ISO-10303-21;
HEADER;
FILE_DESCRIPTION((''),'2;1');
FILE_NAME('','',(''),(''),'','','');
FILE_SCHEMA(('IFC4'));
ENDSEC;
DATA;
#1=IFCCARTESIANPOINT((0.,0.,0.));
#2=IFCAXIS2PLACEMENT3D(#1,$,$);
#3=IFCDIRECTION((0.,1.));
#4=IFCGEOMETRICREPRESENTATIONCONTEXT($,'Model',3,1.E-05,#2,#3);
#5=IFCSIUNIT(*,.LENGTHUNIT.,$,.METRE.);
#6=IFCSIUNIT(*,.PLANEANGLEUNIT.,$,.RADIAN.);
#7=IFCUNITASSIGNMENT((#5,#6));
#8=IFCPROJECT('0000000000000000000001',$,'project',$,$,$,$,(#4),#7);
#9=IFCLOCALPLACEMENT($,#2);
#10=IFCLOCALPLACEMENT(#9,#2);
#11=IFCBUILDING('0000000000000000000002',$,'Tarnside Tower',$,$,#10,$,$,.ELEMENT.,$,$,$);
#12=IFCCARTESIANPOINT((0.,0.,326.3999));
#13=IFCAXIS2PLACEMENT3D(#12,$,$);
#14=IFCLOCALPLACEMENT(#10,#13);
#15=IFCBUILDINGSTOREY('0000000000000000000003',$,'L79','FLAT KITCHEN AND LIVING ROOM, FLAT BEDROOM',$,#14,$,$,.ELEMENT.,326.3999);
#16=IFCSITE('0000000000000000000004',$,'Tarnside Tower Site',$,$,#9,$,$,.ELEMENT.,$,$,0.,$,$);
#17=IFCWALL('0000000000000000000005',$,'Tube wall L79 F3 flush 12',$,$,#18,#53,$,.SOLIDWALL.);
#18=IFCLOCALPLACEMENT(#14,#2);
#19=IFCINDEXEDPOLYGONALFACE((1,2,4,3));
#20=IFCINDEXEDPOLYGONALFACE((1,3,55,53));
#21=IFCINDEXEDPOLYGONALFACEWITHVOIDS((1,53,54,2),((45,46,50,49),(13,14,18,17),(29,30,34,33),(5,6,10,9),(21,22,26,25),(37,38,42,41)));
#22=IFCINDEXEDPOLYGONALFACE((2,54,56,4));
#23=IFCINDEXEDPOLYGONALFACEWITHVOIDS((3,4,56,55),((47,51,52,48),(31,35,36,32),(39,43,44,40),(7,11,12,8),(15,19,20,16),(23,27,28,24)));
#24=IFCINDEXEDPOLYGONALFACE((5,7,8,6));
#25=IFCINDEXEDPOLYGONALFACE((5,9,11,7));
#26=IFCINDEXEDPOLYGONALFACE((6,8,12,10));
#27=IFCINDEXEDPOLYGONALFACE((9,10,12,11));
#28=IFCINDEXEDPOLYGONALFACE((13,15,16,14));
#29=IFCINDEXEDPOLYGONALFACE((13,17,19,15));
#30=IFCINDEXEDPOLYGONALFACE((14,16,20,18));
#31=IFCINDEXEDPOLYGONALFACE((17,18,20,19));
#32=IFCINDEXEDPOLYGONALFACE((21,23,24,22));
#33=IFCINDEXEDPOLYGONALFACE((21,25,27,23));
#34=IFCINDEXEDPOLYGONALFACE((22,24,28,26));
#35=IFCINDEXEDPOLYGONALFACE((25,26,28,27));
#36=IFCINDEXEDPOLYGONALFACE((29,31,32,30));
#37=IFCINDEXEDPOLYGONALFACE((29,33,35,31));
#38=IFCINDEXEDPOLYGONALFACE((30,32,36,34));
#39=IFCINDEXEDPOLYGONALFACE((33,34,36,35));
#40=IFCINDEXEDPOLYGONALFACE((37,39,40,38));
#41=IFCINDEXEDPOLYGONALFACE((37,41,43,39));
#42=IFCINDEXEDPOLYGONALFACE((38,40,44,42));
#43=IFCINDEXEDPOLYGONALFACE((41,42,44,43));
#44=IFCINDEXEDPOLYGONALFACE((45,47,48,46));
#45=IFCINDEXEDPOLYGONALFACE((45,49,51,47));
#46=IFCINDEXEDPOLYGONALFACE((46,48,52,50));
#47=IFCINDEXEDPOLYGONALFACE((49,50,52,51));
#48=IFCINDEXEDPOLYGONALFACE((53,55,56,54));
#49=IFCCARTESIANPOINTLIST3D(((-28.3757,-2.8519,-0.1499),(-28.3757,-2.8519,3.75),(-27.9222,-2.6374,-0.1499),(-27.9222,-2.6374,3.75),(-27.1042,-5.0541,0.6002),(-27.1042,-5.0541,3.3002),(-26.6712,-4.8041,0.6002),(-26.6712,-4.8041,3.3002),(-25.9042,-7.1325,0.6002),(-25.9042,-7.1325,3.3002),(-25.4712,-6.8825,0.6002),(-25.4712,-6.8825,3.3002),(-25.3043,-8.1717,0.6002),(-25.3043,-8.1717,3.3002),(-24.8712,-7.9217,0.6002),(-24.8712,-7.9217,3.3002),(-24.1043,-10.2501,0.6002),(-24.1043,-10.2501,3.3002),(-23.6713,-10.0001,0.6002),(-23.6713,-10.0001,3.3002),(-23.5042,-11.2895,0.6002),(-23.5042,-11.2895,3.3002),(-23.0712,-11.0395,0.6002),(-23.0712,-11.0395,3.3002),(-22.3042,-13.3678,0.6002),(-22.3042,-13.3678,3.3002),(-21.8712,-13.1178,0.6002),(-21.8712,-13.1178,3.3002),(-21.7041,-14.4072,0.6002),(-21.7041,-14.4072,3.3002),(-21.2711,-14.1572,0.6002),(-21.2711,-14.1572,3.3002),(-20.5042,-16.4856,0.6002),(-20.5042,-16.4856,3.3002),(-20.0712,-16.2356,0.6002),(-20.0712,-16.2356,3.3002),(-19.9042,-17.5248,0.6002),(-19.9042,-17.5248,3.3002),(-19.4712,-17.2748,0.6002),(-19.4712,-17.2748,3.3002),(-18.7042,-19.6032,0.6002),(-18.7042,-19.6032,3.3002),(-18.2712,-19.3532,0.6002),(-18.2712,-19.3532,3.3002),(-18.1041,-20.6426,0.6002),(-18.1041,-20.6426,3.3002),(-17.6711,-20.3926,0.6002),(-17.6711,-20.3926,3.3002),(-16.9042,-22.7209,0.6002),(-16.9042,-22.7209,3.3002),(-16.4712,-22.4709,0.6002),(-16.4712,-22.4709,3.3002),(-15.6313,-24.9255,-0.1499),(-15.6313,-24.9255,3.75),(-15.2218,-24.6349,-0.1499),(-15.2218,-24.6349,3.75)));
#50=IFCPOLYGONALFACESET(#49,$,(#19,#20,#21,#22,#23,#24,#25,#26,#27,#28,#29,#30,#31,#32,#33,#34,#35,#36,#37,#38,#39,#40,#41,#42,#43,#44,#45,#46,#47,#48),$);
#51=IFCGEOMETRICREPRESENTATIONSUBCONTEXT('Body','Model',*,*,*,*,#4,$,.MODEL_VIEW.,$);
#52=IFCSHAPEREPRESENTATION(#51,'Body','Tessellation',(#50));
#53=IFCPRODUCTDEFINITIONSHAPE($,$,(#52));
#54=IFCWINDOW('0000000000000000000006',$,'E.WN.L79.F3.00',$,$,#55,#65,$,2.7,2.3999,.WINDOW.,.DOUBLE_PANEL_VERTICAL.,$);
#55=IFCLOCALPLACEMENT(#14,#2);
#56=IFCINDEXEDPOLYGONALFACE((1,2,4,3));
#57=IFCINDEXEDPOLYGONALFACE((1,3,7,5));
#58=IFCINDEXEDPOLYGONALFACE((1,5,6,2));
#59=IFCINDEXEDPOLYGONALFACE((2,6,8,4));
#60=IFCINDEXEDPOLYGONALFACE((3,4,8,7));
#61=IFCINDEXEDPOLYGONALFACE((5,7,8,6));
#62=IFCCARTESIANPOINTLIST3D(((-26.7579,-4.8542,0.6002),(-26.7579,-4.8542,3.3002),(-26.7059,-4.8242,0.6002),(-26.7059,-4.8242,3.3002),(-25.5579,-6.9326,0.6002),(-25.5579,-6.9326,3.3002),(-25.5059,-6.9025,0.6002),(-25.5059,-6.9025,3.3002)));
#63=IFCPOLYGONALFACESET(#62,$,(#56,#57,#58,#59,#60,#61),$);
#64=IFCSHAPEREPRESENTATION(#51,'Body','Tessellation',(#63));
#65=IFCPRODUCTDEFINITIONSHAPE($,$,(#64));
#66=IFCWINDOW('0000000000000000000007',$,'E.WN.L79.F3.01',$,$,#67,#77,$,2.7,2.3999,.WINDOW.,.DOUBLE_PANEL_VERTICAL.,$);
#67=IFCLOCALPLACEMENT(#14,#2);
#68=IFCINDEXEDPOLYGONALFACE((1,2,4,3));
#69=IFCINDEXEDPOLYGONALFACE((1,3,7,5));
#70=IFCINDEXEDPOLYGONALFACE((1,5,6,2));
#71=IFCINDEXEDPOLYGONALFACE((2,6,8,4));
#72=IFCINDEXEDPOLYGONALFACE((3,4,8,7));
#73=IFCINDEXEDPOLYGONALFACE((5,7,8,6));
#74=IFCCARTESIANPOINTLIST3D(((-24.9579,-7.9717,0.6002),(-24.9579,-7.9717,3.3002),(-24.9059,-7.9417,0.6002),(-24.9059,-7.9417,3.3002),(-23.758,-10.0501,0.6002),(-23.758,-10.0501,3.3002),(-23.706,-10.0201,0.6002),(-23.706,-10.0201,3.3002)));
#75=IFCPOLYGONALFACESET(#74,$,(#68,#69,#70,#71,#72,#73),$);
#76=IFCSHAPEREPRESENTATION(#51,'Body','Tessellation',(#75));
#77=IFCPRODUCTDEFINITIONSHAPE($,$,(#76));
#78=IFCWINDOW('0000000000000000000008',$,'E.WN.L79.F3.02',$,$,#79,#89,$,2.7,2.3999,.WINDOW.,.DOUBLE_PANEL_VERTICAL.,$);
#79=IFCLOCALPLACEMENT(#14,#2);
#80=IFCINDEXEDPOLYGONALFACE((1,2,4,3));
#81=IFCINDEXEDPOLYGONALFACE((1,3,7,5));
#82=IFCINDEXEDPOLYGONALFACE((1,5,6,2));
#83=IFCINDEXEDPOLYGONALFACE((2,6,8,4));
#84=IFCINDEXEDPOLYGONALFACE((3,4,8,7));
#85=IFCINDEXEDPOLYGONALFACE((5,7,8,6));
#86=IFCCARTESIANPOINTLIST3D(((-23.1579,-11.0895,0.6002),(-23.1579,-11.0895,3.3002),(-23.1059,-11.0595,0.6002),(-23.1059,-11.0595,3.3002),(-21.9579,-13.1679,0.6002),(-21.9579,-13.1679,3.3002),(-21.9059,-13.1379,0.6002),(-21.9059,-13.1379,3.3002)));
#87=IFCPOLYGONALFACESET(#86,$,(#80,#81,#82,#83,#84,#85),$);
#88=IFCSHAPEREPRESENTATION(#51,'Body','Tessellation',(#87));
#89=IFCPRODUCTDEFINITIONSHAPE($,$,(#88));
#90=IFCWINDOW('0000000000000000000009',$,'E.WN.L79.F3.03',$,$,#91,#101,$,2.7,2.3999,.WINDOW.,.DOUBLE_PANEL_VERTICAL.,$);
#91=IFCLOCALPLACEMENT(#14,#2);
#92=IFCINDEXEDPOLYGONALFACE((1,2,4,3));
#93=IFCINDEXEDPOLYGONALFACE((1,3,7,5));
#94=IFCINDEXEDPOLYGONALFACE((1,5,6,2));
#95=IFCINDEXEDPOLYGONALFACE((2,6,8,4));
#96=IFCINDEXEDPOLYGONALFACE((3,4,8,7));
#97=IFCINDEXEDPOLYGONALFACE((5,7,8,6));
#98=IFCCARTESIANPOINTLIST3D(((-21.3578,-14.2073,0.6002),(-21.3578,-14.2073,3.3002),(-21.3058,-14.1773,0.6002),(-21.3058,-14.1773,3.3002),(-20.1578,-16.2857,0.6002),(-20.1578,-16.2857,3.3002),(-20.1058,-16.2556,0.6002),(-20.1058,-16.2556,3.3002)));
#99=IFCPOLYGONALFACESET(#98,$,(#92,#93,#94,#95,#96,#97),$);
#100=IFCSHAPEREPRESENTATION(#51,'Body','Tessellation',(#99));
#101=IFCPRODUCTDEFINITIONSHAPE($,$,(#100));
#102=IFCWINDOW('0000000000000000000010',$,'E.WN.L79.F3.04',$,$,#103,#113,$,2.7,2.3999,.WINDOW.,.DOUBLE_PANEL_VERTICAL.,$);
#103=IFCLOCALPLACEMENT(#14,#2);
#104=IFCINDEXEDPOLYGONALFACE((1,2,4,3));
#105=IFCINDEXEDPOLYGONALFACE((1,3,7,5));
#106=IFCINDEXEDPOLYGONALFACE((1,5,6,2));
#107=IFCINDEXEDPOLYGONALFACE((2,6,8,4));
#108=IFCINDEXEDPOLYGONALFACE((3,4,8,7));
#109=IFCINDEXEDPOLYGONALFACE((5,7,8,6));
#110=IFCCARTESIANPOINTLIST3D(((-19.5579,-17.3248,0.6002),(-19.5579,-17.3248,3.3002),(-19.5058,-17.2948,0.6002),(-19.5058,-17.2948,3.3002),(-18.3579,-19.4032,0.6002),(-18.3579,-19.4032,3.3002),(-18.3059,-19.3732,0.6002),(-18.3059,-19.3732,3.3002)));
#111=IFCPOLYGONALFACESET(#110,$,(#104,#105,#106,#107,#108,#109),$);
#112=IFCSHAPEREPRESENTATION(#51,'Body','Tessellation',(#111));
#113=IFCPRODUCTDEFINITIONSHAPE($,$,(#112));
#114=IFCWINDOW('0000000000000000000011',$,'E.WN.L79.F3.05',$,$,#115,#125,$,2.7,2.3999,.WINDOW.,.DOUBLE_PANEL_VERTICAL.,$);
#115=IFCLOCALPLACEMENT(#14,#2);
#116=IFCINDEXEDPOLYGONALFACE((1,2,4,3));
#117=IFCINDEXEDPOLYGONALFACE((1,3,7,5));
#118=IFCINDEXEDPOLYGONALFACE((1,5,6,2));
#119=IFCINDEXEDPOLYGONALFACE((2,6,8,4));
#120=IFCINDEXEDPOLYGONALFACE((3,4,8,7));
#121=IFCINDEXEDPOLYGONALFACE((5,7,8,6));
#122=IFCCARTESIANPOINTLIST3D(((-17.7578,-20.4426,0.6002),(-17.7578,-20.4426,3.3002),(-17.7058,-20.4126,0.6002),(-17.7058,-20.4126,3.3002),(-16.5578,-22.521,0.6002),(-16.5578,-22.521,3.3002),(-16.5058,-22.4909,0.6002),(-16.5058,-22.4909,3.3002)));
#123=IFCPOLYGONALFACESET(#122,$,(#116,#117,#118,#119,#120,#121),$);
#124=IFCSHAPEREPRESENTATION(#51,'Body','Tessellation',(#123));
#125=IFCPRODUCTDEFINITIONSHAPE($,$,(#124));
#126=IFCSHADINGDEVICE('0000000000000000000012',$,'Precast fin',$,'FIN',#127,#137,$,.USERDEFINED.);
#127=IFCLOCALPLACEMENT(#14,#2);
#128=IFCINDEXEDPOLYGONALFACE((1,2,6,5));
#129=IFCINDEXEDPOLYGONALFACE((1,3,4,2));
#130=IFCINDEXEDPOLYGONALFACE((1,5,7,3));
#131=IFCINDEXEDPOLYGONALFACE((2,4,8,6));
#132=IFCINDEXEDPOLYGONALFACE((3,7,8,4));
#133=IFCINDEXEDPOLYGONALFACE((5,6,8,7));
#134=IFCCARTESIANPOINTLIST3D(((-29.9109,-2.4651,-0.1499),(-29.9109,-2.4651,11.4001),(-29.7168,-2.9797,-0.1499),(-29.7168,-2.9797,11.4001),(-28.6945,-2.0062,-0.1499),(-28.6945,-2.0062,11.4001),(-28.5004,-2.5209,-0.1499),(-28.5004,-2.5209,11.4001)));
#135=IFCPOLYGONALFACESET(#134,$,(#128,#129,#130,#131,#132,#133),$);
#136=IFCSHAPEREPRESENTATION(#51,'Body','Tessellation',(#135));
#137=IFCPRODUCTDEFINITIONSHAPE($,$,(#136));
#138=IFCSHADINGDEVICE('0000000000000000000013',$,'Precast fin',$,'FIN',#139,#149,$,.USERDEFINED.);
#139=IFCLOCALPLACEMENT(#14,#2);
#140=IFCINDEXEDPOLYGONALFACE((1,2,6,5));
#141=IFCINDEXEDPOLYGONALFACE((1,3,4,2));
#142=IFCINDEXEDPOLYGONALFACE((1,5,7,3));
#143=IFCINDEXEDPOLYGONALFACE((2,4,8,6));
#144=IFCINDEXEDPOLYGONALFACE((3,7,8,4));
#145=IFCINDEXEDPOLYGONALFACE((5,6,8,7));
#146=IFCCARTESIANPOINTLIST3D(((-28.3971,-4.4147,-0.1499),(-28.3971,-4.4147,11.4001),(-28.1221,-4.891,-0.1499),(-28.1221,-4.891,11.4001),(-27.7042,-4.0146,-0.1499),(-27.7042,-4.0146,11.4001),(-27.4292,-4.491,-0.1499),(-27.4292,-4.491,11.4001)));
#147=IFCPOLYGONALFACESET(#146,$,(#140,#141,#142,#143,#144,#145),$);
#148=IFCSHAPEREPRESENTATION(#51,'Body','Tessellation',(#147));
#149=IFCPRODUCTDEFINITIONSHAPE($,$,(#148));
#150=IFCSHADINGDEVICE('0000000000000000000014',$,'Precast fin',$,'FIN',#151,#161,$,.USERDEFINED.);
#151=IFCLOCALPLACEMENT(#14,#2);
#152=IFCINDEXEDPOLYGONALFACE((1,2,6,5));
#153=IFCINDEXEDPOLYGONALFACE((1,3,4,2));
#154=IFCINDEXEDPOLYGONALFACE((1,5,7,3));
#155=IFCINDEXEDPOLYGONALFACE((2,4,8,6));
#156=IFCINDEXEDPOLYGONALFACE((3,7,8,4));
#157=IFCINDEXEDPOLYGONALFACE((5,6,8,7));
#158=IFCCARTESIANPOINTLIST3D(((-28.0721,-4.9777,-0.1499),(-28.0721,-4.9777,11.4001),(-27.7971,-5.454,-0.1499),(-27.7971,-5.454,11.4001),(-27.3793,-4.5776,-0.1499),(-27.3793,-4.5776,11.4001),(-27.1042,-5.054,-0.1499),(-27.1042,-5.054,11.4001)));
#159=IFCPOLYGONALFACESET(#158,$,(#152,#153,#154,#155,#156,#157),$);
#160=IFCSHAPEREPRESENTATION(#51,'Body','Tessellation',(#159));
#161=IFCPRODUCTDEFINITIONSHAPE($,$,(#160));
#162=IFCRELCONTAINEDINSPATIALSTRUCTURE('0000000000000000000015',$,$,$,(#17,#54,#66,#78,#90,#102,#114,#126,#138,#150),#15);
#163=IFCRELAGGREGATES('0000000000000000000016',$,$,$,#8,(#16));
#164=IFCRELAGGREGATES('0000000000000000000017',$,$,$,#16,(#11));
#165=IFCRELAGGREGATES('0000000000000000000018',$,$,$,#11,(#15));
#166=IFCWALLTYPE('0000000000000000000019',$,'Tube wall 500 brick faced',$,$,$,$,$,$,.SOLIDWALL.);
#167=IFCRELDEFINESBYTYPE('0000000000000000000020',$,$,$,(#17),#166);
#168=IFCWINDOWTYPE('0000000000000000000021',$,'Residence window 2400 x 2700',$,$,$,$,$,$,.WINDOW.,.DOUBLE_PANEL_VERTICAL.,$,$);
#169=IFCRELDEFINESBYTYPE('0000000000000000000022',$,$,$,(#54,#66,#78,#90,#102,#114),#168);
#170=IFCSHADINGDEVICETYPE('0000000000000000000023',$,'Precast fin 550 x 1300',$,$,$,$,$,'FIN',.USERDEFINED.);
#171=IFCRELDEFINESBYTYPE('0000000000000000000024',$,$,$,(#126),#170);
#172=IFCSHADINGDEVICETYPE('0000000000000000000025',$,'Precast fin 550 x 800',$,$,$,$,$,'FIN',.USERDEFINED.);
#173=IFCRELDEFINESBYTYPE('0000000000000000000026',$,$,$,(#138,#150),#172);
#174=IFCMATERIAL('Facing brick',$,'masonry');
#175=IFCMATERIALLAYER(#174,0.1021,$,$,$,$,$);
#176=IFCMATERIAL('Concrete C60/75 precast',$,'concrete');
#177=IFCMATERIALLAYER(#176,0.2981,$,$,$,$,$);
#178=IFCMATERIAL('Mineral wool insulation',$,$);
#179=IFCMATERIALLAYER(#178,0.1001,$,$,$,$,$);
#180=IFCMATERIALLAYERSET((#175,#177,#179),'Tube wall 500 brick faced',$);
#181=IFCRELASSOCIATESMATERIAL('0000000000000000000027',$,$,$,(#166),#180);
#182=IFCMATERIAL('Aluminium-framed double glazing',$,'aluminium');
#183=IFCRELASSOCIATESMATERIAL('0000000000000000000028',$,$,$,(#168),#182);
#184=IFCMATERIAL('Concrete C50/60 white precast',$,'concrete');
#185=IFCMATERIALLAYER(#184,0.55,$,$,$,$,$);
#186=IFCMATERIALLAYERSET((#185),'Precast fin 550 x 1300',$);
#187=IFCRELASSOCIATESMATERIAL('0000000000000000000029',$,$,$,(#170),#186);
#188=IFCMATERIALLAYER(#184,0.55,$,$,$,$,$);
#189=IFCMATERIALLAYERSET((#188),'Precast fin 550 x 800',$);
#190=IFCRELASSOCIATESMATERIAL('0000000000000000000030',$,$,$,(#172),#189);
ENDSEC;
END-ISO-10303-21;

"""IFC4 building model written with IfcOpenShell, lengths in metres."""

from ifc_helpers import new_model, si_unit, direction, frame, frame_2d, origin, place, context, subcontext, project, spatial, polyline, rectangle, outline, extrude, material, layer, layer_set, type_object, element, fill, save


model = new_model("IFC4")

# Units and contexts
model_context = context("Model", 3, precision=1e-05, world=origin(), true_north=direction((0.0, 1.0)))
body_context = subcontext(model_context, "Body", "Model", "MODEL_VIEW")
ifc_project = project(units=[si_unit("LENGTHUNIT", "METRE"), si_unit("PLANEANGLEUNIT", "RADIAN")], contexts=[model_context])

# Site, building, storey
site_placement = place(None, origin())
site = spatial("IfcSite", under=ifc_project, at=site_placement, Name="Tarnside Tower Site", CompositionType="ELEMENT", RefElevation=0.0)
building_placement = place(site_placement, origin())
building = spatial("IfcBuilding", under=site, at=building_placement, Name="Tarnside Tower", CompositionType="ELEMENT")
storey_placement = place(building_placement, frame((0.0, 0.0, 326.3999)))
storey = spatial("IfcBuildingStorey", under=building, at=storey_placement, Name="L79", Description="FLAT KITCHEN AND LIVING ROOM, FLAT BEDROOM", CompositionType="ELEMENT", Elevation=326.3999)

# Wall, openings, windows
ifc_material_1 = material(Name="Facing brick", Category="masonry")
ifc_layer_1 = layer(ifc_material_1, 0.1021)
ifc_material_2 = material(Name="Concrete C60/75 precast", Category="concrete")
ifc_layer_2 = layer(ifc_material_2, 0.2981)
ifc_material_3 = material(Name="Mineral wool insulation")
ifc_layer_3 = layer(ifc_material_3, 0.1001)
ifc_layer_set_1 = layer_set([ifc_layer_1, ifc_layer_2, ifc_layer_3], Name="Tube wall 500 brick faced")
wall_type_1 = type_object("IfcWallType", Name="Tube wall 500 brick faced", PredefinedType="SOLIDWALL", material=ifc_layer_set_1)
wall_1_placement = place(storey_placement, frame((-28.1489, -2.7446, -0.1499), z_axis=(0.0, 0.0, 1.0), x_axis=(0.500004, -0.866023, 0.0)))
wall_1 = element("IfcWall", 1, at=wall_1_placement, inside=storey, type_object=wall_type_1, Name="Tube wall L79 F3 flush 12", PredefinedType="SOLIDWALL", context=body_context, shape_type="SweptSolid", body=[
    extrude(outline(polyline([(-0.0205, -0.25), (25.468, -0.25), (25.4211, 0.25), (0.0205, 0.25), (-0.0205, -0.25)])), origin(), (0.0, 0.0, 1.0), 3.8999),
])
opening_1_placement = place(wall_1_placement, frame((2.5225, 0.0, 0.75)))
opening_1 = element("IfcOpeningElement", 2, at=opening_1_placement, cuts=wall_1, PredefinedType="OPENING", context=body_context, shape_type="SweptSolid", body=[
    extrude(rectangle(XDim=2.3999, YDim=2.7, at=frame_2d((1.2, 1.3501))), frame((0.0, 0.26, 0.0), z_axis=(0.0, -1.0, 0.0), x_axis=(1.0, 0.0, 0.0)), (0.0, 0.0, 1.0), 0.52),
])
opening_2_placement = place(wall_1_placement, frame((6.1223, 0.0, 0.75)))
opening_2 = element("IfcOpeningElement", 3, at=opening_2_placement, cuts=wall_1, PredefinedType="OPENING", context=body_context, shape_type="SweptSolid", body=[
    extrude(rectangle(XDim=2.3999, YDim=2.7, at=frame_2d((1.2, 1.3501))), frame((0.0, 0.26, 0.0), z_axis=(0.0, -1.0, 0.0), x_axis=(1.0, 0.0, 0.0)), (0.0, 0.0, 1.0), 0.52),
])
opening_3_placement = place(wall_1_placement, frame((9.7224, 0.0, 0.75)))
opening_3 = element("IfcOpeningElement", 4, at=opening_3_placement, cuts=wall_1, PredefinedType="OPENING", context=body_context, shape_type="SweptSolid", body=[
    extrude(rectangle(XDim=2.3999, YDim=2.7, at=frame_2d((1.2, 1.3501))), frame((0.0, 0.26, 0.0), z_axis=(0.0, -1.0, 0.0), x_axis=(1.0, 0.0, 0.0)), (0.0, 0.0, 1.0), 0.52),
])
opening_4_placement = place(wall_1_placement, frame((13.3225, 0.0, 0.75)))
opening_4 = element("IfcOpeningElement", 5, at=opening_4_placement, cuts=wall_1, PredefinedType="OPENING", context=body_context, shape_type="SweptSolid", body=[
    extrude(rectangle(XDim=2.3999, YDim=2.7, at=frame_2d((1.2, 1.3501))), frame((0.0, 0.26, 0.0), z_axis=(0.0, -1.0, 0.0), x_axis=(1.0, 0.0, 0.0)), (0.0, 0.0, 1.0), 0.52),
])
opening_5_placement = place(wall_1_placement, frame((16.9224, 0.0, 0.75)))
opening_5 = element("IfcOpeningElement", 6, at=opening_5_placement, cuts=wall_1, PredefinedType="OPENING", context=body_context, shape_type="SweptSolid", body=[
    extrude(rectangle(XDim=2.3999, YDim=2.7, at=frame_2d((1.2, 1.3501))), frame((0.0, 0.26, 0.0), z_axis=(0.0, -1.0, 0.0), x_axis=(1.0, 0.0, 0.0)), (0.0, 0.0, 1.0), 0.52),
])
opening_6_placement = place(wall_1_placement, frame((20.5225, 0.0, 0.75)))
opening_6 = element("IfcOpeningElement", 7, at=opening_6_placement, cuts=wall_1, PredefinedType="OPENING", context=body_context, shape_type="SweptSolid", body=[
    extrude(rectangle(XDim=2.3999, YDim=2.7, at=frame_2d((1.2, 1.3501))), frame((0.0, 0.26, 0.0), z_axis=(0.0, -1.0, 0.0), x_axis=(1.0, 0.0, 0.0)), (0.0, 0.0, 1.0), 0.52),
])
ifc_material_4 = material(Name="Aluminium-framed double glazing", Category="aluminium")
window_type = type_object("IfcWindowType", Name="Residence window 2400 x 2700", PartitioningType="DOUBLE_PANEL_VERTICAL", PredefinedType="WINDOW", material=ifc_material_4)
window_1_placement = place(opening_1_placement, frame((0.0, 0.1799, 0.0)))
window_1 = element("IfcWindow", 8, at=window_1_placement, inside=storey, type_object=window_type, Name="E.WN.L79.F3.00", OverallHeight=2.7, OverallWidth=2.3999, PartitioningType="DOUBLE_PANEL_VERTICAL", PredefinedType="WINDOW", context=body_context, shape_type="SweptSolid", body=[
    extrude(rectangle(XDim=2.3999, YDim=2.7, at=frame_2d((1.2, 1.3501))), frame((0.0, 0.03, 0.0), z_axis=(0.0, -1.0, 0.0), x_axis=(1.0, 0.0, 0.0)), (0.0, 0.0, 1.0), 0.0601),
])
fill(opening_1, window_1)
window_2_placement = place(opening_2_placement, frame((0.0, 0.1799, 0.0)))
window_2 = element("IfcWindow", 9, at=window_2_placement, inside=storey, type_object=window_type, Name="E.WN.L79.F3.01", OverallHeight=2.7, OverallWidth=2.3999, PartitioningType="DOUBLE_PANEL_VERTICAL", PredefinedType="WINDOW", context=body_context, shape_type="SweptSolid", body=[
    extrude(rectangle(XDim=2.3999, YDim=2.7, at=frame_2d((1.2, 1.3501))), frame((0.0, 0.03, 0.0), z_axis=(0.0, -1.0, 0.0), x_axis=(1.0, 0.0, 0.0)), (0.0, 0.0, 1.0), 0.0601),
])
fill(opening_2, window_2)
window_3_placement = place(opening_3_placement, frame((0.0, 0.1799, 0.0)))
window_3 = element("IfcWindow", 10, at=window_3_placement, inside=storey, type_object=window_type, Name="E.WN.L79.F3.02", OverallHeight=2.7, OverallWidth=2.3999, PartitioningType="DOUBLE_PANEL_VERTICAL", PredefinedType="WINDOW", context=body_context, shape_type="SweptSolid", body=[
    extrude(rectangle(XDim=2.3999, YDim=2.7, at=frame_2d((1.2, 1.3501))), frame((0.0, 0.03, 0.0), z_axis=(0.0, -1.0, 0.0), x_axis=(1.0, 0.0, 0.0)), (0.0, 0.0, 1.0), 0.0601),
])
fill(opening_3, window_3)
window_4_placement = place(opening_4_placement, frame((0.0, 0.1799, 0.0)))
window_4 = element("IfcWindow", 11, at=window_4_placement, inside=storey, type_object=window_type, Name="E.WN.L79.F3.03", OverallHeight=2.7, OverallWidth=2.3999, PartitioningType="DOUBLE_PANEL_VERTICAL", PredefinedType="WINDOW", context=body_context, shape_type="SweptSolid", body=[
    extrude(rectangle(XDim=2.3999, YDim=2.7, at=frame_2d((1.2, 1.3501))), frame((0.0, 0.03, 0.0), z_axis=(0.0, -1.0, 0.0), x_axis=(1.0, 0.0, 0.0)), (0.0, 0.0, 1.0), 0.0601),
])
fill(opening_4, window_4)
window_5_placement = place(opening_5_placement, frame((0.0, 0.1799, 0.0)))
window_5 = element("IfcWindow", 12, at=window_5_placement, inside=storey, type_object=window_type, Name="E.WN.L79.F3.04", OverallHeight=2.7, OverallWidth=2.3999, PartitioningType="DOUBLE_PANEL_VERTICAL", PredefinedType="WINDOW", context=body_context, shape_type="SweptSolid", body=[
    extrude(rectangle(XDim=2.3999, YDim=2.7, at=frame_2d((1.2, 1.3501))), frame((0.0, 0.03, 0.0), z_axis=(0.0, -1.0, 0.0), x_axis=(1.0, 0.0, 0.0)), (0.0, 0.0, 1.0), 0.0601),
])
fill(opening_5, window_5)
window_6_placement = place(opening_6_placement, frame((0.0, 0.1799, 0.0)))
window_6 = element("IfcWindow", 13, at=window_6_placement, inside=storey, type_object=window_type, Name="E.WN.L79.F3.05", OverallHeight=2.7, OverallWidth=2.3999, PartitioningType="DOUBLE_PANEL_VERTICAL", PredefinedType="WINDOW", context=body_context, shape_type="SweptSolid", body=[
    extrude(rectangle(XDim=2.3999, YDim=2.7, at=frame_2d((1.2, 1.3501))), frame((0.0, 0.03, 0.0), z_axis=(0.0, -1.0, 0.0), x_axis=(1.0, 0.0, 0.0)), (0.0, 0.0, 1.0), 0.0601),
])
fill(opening_6, window_6)

# Shading devices
ifc_material_5 = material(Name="Concrete C50/60 white precast", Category="concrete")
ifc_layer_4 = layer(ifc_material_5, 0.55)
ifc_layer_set_2 = layer_set([ifc_layer_4], Name="Precast fin 550 x 1300")
shading_device_type_1 = type_object("IfcShadingDeviceType", Name="Precast fin 550 x 1300", ElementType="FIN", PredefinedType="USERDEFINED", material=ifc_layer_set_2)
shading_device_placement = place(storey_placement, frame((-28.5974, -2.2637, -0.1499), z_axis=(-0.352931, 0.93565, 0.0), x_axis=(-0.93565, -0.352931, 0.0)))
element("IfcShadingDevice", 14, at=shading_device_placement, inside=storey, type_object=shading_device_type_1, Name="Precast fin", ObjectType="FIN", PredefinedType="USERDEFINED", context=body_context, shape_type="SweptSolid", body=[
    extrude(outline(polyline([(0.0, 0.0), (1.3, 0.0), (1.3, 11.55), (0.0, 11.55), (0.0, 0.0)])), frame((0.0, 0.0, -0.2749)), (0.0, 0.0, 1.0), 0.55),
])
ifc_layer_5 = layer(ifc_material_5, 0.55)
ifc_layer_set_3 = layer_set([ifc_layer_5], Name="Precast fin 550 x 800")
shading_device_type_2 = type_object("IfcShadingDeviceType", Name="Precast fin 550 x 800", ElementType="FIN", PredefinedType="USERDEFINED", material=ifc_layer_set_3)
for number, where, z_axis, x_axis, name in (
    (15, (-27.5667, -4.2529, -0.1499), (-0.5, 0.866025, 0.0), (-0.866025, -0.5, 0.0), "Precast fin"),
    (16, (-27.2417, -4.8159, -0.1499), (-0.5, 0.866025, 0.0), (-0.866025, -0.5, 0.0), "Precast fin"),
):
    element("IfcShadingDevice", number, at=place(storey_placement, frame(where, z_axis=z_axis, x_axis=x_axis)), inside=storey, type_object=shading_device_type_2, Name=name, ObjectType="FIN", PredefinedType="USERDEFINED", context=body_context, shape_type="SweptSolid", body=[
        extrude(outline(polyline([(0.0, 0.0), (0.8, 0.0), (0.8, 11.55), (0.0, 11.55), (0.0, 0.0)])), frame((0.0, 0.0, -0.2749)), (0.0, 0.0, 1.0), 0.55),
    ])

save(model, "model.ifc")
